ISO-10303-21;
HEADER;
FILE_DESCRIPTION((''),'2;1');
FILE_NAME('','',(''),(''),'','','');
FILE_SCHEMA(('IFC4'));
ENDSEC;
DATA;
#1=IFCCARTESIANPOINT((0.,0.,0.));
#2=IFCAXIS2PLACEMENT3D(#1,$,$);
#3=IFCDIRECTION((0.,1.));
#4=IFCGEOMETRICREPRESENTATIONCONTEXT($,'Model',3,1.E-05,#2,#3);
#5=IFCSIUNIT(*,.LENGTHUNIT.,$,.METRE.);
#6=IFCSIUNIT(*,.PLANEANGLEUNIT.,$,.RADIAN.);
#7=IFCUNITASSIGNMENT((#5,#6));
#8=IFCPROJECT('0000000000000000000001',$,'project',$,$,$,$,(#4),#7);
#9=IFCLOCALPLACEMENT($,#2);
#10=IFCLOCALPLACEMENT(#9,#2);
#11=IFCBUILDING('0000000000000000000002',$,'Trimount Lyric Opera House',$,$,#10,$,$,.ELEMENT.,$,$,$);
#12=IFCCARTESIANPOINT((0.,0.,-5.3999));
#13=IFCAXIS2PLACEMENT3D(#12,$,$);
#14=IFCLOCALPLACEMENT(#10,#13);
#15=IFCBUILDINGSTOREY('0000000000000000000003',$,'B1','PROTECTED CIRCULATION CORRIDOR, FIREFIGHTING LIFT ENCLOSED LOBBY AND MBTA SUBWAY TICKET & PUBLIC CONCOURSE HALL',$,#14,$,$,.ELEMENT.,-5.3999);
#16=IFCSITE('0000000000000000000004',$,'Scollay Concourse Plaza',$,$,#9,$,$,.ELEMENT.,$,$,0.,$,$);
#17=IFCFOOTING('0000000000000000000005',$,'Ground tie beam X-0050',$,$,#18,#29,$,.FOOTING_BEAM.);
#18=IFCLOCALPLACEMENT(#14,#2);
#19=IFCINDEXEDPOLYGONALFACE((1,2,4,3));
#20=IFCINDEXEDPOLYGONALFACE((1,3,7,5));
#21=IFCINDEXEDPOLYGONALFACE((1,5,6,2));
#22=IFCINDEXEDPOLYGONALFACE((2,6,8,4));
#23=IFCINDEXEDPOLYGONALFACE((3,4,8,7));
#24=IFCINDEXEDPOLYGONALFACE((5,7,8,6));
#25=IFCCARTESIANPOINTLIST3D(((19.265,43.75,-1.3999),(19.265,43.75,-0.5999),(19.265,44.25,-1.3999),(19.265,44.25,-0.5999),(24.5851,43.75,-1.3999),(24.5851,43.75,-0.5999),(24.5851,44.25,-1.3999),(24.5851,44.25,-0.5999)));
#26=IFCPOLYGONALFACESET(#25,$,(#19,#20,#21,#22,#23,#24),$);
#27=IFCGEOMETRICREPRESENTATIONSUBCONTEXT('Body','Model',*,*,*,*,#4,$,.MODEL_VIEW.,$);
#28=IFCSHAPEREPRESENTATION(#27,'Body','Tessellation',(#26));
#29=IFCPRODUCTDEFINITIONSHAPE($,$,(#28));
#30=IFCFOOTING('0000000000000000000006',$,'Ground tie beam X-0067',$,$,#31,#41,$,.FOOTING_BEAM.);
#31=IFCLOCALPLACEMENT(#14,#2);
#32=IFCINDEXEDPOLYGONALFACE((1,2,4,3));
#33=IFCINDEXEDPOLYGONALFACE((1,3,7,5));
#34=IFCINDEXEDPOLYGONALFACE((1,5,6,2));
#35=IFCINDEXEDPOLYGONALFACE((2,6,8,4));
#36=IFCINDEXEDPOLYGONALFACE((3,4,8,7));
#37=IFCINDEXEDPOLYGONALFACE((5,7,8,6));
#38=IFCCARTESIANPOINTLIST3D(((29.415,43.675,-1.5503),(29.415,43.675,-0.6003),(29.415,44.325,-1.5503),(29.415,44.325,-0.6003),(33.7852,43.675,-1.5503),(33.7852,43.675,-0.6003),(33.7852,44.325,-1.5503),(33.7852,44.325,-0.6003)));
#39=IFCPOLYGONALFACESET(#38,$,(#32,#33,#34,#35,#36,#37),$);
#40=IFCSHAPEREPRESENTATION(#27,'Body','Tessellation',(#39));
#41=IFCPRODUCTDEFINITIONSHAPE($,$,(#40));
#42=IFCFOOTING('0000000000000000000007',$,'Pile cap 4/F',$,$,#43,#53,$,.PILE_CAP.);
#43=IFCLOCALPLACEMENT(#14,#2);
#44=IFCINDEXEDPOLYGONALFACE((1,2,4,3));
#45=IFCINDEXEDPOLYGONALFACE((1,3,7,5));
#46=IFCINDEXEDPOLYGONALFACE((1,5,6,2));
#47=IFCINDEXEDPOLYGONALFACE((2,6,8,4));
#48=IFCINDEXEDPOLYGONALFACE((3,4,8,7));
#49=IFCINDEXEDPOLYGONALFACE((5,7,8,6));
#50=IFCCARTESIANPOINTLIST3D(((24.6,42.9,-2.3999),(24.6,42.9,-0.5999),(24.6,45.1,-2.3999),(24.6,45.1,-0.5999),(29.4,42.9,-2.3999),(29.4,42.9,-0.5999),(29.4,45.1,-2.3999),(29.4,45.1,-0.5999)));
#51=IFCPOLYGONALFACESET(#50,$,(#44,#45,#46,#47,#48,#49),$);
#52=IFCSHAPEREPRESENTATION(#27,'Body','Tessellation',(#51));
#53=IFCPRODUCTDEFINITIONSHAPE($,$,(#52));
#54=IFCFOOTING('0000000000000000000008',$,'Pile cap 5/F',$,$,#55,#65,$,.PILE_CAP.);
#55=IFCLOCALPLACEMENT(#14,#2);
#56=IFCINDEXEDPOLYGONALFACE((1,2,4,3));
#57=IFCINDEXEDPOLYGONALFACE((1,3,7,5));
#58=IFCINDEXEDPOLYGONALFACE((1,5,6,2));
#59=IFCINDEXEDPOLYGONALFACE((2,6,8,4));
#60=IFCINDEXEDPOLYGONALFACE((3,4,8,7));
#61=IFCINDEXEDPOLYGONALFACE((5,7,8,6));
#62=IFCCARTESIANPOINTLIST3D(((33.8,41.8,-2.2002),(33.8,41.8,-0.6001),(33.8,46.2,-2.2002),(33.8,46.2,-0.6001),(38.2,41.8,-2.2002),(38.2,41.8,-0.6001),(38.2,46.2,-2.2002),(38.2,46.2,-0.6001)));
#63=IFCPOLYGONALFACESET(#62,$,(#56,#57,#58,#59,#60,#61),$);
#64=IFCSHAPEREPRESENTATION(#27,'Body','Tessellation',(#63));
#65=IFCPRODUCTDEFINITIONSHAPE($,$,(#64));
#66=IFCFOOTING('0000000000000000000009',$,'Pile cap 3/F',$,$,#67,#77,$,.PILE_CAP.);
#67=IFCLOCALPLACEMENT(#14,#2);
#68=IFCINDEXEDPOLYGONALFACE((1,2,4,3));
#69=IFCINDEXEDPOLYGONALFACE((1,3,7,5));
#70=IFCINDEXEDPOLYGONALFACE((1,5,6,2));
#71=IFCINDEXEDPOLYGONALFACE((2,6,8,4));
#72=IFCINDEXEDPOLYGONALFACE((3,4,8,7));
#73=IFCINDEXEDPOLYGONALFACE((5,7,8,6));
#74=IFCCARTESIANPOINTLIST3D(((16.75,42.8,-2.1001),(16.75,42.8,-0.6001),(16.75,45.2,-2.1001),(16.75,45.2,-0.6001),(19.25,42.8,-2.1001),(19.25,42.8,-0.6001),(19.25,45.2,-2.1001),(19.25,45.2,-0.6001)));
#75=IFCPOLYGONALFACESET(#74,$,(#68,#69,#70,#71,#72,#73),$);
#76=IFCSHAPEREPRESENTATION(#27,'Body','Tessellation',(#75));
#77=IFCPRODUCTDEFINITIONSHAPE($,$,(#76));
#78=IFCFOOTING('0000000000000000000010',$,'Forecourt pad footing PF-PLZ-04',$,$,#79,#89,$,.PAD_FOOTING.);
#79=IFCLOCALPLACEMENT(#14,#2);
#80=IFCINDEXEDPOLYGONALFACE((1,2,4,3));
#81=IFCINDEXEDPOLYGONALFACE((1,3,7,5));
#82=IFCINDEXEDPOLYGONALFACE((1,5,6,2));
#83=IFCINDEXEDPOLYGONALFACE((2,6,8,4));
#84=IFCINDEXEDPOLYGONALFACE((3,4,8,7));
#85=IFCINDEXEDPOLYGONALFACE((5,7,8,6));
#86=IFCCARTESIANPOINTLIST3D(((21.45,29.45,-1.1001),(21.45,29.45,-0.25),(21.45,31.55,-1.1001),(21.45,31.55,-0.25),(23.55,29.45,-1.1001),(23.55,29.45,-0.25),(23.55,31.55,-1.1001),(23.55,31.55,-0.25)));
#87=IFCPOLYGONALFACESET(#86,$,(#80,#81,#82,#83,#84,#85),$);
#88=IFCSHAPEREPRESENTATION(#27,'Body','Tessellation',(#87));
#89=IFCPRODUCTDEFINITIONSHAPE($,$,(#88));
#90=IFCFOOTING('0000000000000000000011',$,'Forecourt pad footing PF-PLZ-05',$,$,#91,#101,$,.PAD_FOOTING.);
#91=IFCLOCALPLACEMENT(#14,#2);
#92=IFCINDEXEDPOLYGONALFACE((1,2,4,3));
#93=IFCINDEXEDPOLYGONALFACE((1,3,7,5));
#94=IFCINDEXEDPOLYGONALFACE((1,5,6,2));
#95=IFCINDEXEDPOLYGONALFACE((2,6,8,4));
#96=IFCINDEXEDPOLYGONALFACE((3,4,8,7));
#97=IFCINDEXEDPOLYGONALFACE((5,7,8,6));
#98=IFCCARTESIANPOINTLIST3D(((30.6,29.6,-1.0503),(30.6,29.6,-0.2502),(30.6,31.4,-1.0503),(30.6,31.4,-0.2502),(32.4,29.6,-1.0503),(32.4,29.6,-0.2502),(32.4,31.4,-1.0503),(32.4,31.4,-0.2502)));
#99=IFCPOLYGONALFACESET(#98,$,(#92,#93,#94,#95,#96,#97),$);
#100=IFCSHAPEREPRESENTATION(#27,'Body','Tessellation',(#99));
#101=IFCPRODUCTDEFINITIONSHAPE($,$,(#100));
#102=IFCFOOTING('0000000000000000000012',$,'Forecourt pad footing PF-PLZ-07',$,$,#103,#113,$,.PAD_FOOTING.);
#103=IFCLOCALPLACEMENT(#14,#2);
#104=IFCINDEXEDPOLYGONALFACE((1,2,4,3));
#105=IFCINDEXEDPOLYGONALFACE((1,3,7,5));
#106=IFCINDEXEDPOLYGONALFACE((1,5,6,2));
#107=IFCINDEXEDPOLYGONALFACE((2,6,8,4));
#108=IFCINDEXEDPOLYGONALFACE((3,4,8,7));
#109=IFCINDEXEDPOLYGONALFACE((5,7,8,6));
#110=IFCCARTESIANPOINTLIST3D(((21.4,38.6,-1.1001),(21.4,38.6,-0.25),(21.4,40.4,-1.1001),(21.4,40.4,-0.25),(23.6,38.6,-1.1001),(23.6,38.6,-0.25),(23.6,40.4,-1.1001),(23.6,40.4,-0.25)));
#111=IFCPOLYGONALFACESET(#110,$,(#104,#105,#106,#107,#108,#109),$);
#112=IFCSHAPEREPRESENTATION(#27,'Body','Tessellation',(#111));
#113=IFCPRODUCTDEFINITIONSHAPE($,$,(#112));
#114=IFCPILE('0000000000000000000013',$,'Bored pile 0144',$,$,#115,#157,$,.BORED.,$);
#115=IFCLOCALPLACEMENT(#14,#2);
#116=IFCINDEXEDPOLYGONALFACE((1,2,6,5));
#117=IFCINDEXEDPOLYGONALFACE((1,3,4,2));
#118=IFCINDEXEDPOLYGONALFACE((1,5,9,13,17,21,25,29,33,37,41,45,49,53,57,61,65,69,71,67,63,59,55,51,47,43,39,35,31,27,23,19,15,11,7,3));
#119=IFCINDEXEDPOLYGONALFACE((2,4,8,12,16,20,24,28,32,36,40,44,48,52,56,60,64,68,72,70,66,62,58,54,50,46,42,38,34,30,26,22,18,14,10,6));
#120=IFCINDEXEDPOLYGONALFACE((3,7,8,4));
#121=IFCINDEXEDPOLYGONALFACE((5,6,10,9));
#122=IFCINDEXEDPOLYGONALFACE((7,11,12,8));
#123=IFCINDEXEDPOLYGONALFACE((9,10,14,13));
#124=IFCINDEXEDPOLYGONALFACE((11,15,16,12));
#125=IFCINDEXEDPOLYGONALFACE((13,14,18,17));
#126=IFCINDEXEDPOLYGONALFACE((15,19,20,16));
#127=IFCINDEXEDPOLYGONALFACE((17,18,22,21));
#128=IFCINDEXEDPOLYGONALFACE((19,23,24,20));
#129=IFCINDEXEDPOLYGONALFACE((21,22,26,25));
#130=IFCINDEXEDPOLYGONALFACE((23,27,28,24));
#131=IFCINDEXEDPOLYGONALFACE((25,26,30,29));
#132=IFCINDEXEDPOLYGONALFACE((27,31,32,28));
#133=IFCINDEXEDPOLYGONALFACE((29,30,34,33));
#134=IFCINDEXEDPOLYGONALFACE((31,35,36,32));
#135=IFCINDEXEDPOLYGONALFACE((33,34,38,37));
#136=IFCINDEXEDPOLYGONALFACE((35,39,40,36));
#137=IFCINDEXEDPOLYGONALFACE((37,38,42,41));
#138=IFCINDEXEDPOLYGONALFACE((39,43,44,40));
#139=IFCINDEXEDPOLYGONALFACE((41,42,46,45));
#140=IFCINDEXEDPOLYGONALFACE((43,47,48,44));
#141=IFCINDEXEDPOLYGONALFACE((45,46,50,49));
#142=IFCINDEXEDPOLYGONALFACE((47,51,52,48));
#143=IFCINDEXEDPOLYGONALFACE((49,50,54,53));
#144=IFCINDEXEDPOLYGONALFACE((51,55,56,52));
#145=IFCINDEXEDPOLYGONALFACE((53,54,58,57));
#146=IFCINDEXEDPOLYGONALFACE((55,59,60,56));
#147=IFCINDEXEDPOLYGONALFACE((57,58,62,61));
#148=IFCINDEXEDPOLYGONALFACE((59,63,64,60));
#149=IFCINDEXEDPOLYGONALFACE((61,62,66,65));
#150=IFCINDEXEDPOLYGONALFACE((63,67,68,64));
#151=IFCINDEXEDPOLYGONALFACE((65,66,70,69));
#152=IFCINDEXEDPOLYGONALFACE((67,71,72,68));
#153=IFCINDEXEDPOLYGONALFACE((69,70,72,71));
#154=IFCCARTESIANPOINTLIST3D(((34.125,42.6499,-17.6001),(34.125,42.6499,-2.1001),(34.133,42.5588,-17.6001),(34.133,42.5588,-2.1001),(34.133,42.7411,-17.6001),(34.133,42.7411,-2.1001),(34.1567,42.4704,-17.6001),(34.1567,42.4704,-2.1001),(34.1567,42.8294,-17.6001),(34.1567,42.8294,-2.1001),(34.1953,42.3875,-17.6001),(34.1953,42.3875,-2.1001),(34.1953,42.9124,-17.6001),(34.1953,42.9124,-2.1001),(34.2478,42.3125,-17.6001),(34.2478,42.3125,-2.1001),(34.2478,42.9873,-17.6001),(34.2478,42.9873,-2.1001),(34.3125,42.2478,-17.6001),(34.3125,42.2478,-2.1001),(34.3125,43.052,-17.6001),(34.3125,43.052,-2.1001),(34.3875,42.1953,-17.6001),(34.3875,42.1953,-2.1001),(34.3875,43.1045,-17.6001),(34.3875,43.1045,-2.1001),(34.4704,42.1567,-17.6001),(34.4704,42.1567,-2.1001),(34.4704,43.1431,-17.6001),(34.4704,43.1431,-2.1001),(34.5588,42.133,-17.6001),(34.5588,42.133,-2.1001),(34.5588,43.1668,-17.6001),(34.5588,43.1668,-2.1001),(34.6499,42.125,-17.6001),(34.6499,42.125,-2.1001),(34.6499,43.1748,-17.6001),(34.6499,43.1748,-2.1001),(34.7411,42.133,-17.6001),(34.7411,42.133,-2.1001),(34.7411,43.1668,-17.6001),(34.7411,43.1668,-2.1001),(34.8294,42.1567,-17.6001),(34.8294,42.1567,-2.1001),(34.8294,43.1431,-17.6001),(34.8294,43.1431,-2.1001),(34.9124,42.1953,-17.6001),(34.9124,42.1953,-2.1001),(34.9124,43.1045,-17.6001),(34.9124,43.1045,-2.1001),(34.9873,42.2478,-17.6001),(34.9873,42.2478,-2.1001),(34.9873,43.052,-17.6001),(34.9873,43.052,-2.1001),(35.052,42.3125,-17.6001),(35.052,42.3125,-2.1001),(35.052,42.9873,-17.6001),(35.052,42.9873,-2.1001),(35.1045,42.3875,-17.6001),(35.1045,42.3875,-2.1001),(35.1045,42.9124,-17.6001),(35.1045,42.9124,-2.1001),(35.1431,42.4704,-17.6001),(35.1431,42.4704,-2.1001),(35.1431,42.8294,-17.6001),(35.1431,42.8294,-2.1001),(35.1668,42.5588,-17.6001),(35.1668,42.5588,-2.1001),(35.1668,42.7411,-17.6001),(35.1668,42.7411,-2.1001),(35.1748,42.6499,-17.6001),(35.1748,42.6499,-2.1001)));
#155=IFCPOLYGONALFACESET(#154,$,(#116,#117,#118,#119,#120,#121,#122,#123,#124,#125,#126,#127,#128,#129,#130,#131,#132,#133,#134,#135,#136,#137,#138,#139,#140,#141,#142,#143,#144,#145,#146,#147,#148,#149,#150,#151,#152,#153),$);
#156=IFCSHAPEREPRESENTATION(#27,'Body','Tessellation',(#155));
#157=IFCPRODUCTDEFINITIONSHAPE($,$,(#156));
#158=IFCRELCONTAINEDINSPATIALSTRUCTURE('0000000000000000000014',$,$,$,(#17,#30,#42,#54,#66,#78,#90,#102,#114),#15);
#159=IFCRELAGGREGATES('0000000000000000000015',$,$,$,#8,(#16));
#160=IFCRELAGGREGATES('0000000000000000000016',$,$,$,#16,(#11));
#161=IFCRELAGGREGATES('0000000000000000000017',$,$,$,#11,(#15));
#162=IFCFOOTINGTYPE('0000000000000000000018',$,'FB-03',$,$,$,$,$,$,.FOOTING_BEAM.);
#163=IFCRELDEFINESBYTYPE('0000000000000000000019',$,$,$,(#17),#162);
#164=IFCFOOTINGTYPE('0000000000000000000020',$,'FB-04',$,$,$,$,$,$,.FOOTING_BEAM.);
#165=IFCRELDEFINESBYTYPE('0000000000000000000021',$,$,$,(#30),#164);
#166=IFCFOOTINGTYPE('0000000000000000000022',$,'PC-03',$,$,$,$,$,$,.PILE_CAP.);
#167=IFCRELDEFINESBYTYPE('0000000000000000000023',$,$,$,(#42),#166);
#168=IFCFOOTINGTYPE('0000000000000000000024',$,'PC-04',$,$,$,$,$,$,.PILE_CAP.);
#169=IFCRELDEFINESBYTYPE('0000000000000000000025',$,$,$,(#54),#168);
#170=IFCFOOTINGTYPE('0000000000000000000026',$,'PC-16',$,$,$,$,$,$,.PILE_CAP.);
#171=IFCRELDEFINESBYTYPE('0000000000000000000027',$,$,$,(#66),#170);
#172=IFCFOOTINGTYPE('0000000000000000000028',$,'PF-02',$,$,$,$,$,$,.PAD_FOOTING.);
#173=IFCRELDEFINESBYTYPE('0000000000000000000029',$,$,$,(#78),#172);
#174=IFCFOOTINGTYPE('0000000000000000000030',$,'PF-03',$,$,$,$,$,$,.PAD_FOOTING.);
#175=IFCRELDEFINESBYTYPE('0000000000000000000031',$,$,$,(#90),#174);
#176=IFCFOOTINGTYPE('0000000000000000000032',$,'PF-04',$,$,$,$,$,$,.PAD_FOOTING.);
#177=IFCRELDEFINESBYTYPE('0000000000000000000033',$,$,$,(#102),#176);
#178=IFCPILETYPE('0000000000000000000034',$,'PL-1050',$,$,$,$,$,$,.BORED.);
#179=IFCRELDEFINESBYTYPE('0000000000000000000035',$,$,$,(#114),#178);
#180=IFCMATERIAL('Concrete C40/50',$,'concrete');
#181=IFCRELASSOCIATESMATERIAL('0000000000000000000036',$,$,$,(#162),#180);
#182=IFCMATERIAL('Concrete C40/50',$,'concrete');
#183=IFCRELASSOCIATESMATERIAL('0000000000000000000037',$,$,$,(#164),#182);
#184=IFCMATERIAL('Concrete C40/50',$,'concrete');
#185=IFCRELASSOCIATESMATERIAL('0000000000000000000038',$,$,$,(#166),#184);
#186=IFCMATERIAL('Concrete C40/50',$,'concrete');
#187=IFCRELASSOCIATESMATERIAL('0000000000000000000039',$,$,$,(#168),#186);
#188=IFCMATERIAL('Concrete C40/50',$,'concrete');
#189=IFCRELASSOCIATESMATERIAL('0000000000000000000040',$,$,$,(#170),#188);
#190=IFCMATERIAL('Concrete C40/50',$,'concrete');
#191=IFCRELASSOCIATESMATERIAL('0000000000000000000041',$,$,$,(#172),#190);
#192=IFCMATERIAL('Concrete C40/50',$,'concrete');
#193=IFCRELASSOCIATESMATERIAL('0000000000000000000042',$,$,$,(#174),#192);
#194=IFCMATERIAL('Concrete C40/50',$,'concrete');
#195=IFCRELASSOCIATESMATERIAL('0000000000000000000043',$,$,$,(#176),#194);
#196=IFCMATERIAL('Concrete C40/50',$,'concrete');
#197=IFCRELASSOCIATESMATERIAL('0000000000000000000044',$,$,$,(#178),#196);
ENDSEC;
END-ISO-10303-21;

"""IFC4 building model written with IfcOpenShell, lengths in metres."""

from ifc_helpers import new_model, si_unit, direction, frame, origin, origin_2d, place, context, subcontext, project, spatial, rectangle, circle, extrude, material, material_profile, profile_set, type_object, element, save


model = new_model("IFC4")

# Units and contexts
model_context = context("Model", 3, precision=1e-05, world=origin(), true_north=direction((0.0, 1.0)))
body_context = subcontext(model_context, "Body", "Model", "MODEL_VIEW")
ifc_project = project(units=[si_unit("LENGTHUNIT", "METRE"), si_unit("PLANEANGLEUNIT", "RADIAN")], contexts=[model_context])

# Site, building, storey
site_placement = place(None, origin())
site = spatial("IfcSite", under=ifc_project, at=site_placement, Name="Scollay Concourse Plaza", CompositionType="ELEMENT", RefElevation=0.0)
building_placement = place(site_placement, origin())
building = spatial("IfcBuilding", under=site, at=building_placement, Name="Trimount Lyric Opera House", CompositionType="ELEMENT")
storey_placement = place(building_placement, frame((0.0, 0.0, -5.3999)))
storey = spatial("IfcBuildingStorey", under=building, at=storey_placement, Name="B1", Description="PROTECTED CIRCULATION CORRIDOR, FIREFIGHTING LIFT ENCLOSED LOBBY AND MBTA SUBWAY TICKET & PUBLIC CONCOURSE HALL", CompositionType="ELEMENT", Elevation=-5.3999)

# Footings
ifc_material_1 = material(Name="Concrete C40/50", Category="concrete")
footing_type_1 = type_object("IfcFootingType", Name="FB-03", PredefinedType="FOOTING_BEAM", material=ifc_material_1)
footing_1_placement = place(storey_placement, frame((21.925, 44.0, -1.3999), z_axis=(0.0, 0.0, 1.0), x_axis=(1.0, 0.0, 0.0)))
element("IfcFooting", 1, at=footing_1_placement, inside=storey, type_object=footing_type_1, Name="Ground tie beam X-0050", PredefinedType="FOOTING_BEAM", context=body_context, shape_type="SweptSolid", body=[
    extrude(rectangle(XDim=5.3201, YDim=0.5, at=origin_2d()), origin(), (0.0, 0.0, 1.0), 0.8),
])
ifc_material_2 = material(Name="Concrete C40/50", Category="concrete")
footing_type_2 = type_object("IfcFootingType", Name="FB-04", PredefinedType="FOOTING_BEAM", material=ifc_material_2)
footing_2_placement = place(storey_placement, frame((31.6001, 44.0, -1.5503), z_axis=(0.0, 0.0, 1.0), x_axis=(1.0, 0.0, 0.0)))
element("IfcFooting", 2, at=footing_2_placement, inside=storey, type_object=footing_type_2, Name="Ground tie beam X-0067", PredefinedType="FOOTING_BEAM", context=body_context, shape_type="SweptSolid", body=[
    extrude(rectangle(XDim=4.3701, YDim=0.6499, at=origin_2d()), origin(), (0.0, 0.0, 1.0), 0.95),
])
ifc_material_3 = material(Name="Concrete C40/50", Category="concrete")
footing_type_3 = type_object("IfcFootingType", Name="PC-03", PredefinedType="PILE_CAP", material=ifc_material_3)
footing_3_placement = place(storey_placement, frame((27.0, 44.0, -2.3999), z_axis=(0.0, 0.0, 1.0), x_axis=(1.0, 0.0, 0.0)))
element("IfcFooting", 3, at=footing_3_placement, inside=storey, type_object=footing_type_3, Name="Pile cap 4/F", PredefinedType="PILE_CAP", context=body_context, shape_type="SweptSolid", body=[
    extrude(rectangle(XDim=4.8, YDim=2.2, at=origin_2d()), origin(), (0.0, 0.0, 1.0), 1.8),
])
ifc_material_4 = material(Name="Concrete C40/50", Category="concrete")
footing_type_4 = type_object("IfcFootingType", Name="PC-04", PredefinedType="PILE_CAP", material=ifc_material_4)
footing_4_placement = place(storey_placement, frame((36.0, 44.0, -2.2002), z_axis=(0.0, 0.0, 1.0), x_axis=(1.0, 0.0, 0.0)))
element("IfcFooting", 4, at=footing_4_placement, inside=storey, type_object=footing_type_4, Name="Pile cap 5/F", PredefinedType="PILE_CAP", context=body_context, shape_type="SweptSolid", body=[
    extrude(rectangle(XDim=4.3999, YDim=4.3999, at=origin_2d()), origin(), (0.0, 0.0, 1.0), 1.6001),
])
ifc_material_5 = material(Name="Concrete C40/50", Category="concrete")
footing_type_5 = type_object("IfcFootingType", Name="PC-16", PredefinedType="PILE_CAP", material=ifc_material_5)
footing_5_placement = place(storey_placement, frame((18.0, 44.0, -2.1001), z_axis=(0.0, 0.0, 1.0), x_axis=(1.0, 0.0, 0.0)))
element("IfcFooting", 5, at=footing_5_placement, inside=storey, type_object=footing_type_5, Name="Pile cap 3/F", PredefinedType="PILE_CAP", context=body_context, shape_type="SweptSolid", body=[
    extrude(rectangle(XDim=2.5, YDim=2.3999, at=origin_2d()), origin(), (0.0, 0.0, 1.0), 1.5),
])
ifc_material_6 = material(Name="Concrete C40/50", Category="concrete")
footing_type_6 = type_object("IfcFootingType", Name="PF-02", PredefinedType="PAD_FOOTING", material=ifc_material_6)
footing_6_placement = place(storey_placement, frame((22.5, 30.5, -1.1001), z_axis=(0.0, 0.0, 1.0), x_axis=(1.0, 0.0, 0.0)))
element("IfcFooting", 6, at=footing_6_placement, inside=storey, type_object=footing_type_6, Name="Forecourt pad footing PF-PLZ-04", PredefinedType="PAD_FOOTING", context=body_context, shape_type="SweptSolid", body=[
    extrude(rectangle(XDim=2.1001, YDim=2.1001, at=origin_2d()), origin(), (0.0, 0.0, 1.0), 0.8501),
])
ifc_material_7 = material(Name="Concrete C40/50", Category="concrete")
footing_type_7 = type_object("IfcFootingType", Name="PF-03", PredefinedType="PAD_FOOTING", material=ifc_material_7)
footing_7_placement = place(storey_placement, frame((31.5, 30.5, -1.0503), z_axis=(0.0, 0.0, 1.0), x_axis=(1.0, 0.0, 0.0)))
element("IfcFooting", 7, at=footing_7_placement, inside=storey, type_object=footing_type_7, Name="Forecourt pad footing PF-PLZ-05", PredefinedType="PAD_FOOTING", context=body_context, shape_type="SweptSolid", body=[
    extrude(rectangle(XDim=1.8, YDim=1.8, at=origin_2d()), origin(), (0.0, 0.0, 1.0), 0.8),
])
ifc_material_8 = material(Name="Concrete C40/50", Category="concrete")
footing_type_8 = type_object("IfcFootingType", Name="PF-04", PredefinedType="PAD_FOOTING", material=ifc_material_8)
footing_8_placement = place(storey_placement, frame((22.5, 39.5, -1.1001), z_axis=(0.0, 0.0, 1.0), x_axis=(1.0, 0.0, 0.0)))
element("IfcFooting", 8, at=footing_8_placement, inside=storey, type_object=footing_type_8, Name="Forecourt pad footing PF-PLZ-07", PredefinedType="PAD_FOOTING", context=body_context, shape_type="SweptSolid", body=[
    extrude(rectangle(XDim=2.2, YDim=1.8, at=origin_2d()), origin(), (0.0, 0.0, 1.0), 0.8501),
])

# Pile
ifc_material_9 = material(Name="Concrete C40/50", Category="concrete")
ifc_material_profile_1 = material_profile(ifc_material_9, circle(Radius=0.5249, at=origin_2d()), Name="PILE-D1050")
ifc_profile_set_1 = profile_set([ifc_material_profile_1], Name="Concrete C40/50")
pile_type_1 = type_object("IfcPileType", Name="PL-1050", PredefinedType="BORED", material=ifc_profile_set_1)
for number, where, z_axis, x_axis, name in (
    (9, (34.6499, 42.6499, -2.1001), (0.0, 0.0, -1.0), (1.0, 0.0, 0.0), "Bored pile 0144"),
):
    element("IfcPile", number, at=place(storey_placement, frame(where, z_axis=z_axis, x_axis=x_axis)), inside=storey, type_object=pile_type_1, Name=name, PredefinedType="BORED", context=body_context, shape_type="SweptSolid", body=[
        extrude(circle(Radius=0.5249, at=origin_2d()), origin(), (0.0, 0.0, 1.0), 15.5),
    ])

save(model, "model.ifc")
